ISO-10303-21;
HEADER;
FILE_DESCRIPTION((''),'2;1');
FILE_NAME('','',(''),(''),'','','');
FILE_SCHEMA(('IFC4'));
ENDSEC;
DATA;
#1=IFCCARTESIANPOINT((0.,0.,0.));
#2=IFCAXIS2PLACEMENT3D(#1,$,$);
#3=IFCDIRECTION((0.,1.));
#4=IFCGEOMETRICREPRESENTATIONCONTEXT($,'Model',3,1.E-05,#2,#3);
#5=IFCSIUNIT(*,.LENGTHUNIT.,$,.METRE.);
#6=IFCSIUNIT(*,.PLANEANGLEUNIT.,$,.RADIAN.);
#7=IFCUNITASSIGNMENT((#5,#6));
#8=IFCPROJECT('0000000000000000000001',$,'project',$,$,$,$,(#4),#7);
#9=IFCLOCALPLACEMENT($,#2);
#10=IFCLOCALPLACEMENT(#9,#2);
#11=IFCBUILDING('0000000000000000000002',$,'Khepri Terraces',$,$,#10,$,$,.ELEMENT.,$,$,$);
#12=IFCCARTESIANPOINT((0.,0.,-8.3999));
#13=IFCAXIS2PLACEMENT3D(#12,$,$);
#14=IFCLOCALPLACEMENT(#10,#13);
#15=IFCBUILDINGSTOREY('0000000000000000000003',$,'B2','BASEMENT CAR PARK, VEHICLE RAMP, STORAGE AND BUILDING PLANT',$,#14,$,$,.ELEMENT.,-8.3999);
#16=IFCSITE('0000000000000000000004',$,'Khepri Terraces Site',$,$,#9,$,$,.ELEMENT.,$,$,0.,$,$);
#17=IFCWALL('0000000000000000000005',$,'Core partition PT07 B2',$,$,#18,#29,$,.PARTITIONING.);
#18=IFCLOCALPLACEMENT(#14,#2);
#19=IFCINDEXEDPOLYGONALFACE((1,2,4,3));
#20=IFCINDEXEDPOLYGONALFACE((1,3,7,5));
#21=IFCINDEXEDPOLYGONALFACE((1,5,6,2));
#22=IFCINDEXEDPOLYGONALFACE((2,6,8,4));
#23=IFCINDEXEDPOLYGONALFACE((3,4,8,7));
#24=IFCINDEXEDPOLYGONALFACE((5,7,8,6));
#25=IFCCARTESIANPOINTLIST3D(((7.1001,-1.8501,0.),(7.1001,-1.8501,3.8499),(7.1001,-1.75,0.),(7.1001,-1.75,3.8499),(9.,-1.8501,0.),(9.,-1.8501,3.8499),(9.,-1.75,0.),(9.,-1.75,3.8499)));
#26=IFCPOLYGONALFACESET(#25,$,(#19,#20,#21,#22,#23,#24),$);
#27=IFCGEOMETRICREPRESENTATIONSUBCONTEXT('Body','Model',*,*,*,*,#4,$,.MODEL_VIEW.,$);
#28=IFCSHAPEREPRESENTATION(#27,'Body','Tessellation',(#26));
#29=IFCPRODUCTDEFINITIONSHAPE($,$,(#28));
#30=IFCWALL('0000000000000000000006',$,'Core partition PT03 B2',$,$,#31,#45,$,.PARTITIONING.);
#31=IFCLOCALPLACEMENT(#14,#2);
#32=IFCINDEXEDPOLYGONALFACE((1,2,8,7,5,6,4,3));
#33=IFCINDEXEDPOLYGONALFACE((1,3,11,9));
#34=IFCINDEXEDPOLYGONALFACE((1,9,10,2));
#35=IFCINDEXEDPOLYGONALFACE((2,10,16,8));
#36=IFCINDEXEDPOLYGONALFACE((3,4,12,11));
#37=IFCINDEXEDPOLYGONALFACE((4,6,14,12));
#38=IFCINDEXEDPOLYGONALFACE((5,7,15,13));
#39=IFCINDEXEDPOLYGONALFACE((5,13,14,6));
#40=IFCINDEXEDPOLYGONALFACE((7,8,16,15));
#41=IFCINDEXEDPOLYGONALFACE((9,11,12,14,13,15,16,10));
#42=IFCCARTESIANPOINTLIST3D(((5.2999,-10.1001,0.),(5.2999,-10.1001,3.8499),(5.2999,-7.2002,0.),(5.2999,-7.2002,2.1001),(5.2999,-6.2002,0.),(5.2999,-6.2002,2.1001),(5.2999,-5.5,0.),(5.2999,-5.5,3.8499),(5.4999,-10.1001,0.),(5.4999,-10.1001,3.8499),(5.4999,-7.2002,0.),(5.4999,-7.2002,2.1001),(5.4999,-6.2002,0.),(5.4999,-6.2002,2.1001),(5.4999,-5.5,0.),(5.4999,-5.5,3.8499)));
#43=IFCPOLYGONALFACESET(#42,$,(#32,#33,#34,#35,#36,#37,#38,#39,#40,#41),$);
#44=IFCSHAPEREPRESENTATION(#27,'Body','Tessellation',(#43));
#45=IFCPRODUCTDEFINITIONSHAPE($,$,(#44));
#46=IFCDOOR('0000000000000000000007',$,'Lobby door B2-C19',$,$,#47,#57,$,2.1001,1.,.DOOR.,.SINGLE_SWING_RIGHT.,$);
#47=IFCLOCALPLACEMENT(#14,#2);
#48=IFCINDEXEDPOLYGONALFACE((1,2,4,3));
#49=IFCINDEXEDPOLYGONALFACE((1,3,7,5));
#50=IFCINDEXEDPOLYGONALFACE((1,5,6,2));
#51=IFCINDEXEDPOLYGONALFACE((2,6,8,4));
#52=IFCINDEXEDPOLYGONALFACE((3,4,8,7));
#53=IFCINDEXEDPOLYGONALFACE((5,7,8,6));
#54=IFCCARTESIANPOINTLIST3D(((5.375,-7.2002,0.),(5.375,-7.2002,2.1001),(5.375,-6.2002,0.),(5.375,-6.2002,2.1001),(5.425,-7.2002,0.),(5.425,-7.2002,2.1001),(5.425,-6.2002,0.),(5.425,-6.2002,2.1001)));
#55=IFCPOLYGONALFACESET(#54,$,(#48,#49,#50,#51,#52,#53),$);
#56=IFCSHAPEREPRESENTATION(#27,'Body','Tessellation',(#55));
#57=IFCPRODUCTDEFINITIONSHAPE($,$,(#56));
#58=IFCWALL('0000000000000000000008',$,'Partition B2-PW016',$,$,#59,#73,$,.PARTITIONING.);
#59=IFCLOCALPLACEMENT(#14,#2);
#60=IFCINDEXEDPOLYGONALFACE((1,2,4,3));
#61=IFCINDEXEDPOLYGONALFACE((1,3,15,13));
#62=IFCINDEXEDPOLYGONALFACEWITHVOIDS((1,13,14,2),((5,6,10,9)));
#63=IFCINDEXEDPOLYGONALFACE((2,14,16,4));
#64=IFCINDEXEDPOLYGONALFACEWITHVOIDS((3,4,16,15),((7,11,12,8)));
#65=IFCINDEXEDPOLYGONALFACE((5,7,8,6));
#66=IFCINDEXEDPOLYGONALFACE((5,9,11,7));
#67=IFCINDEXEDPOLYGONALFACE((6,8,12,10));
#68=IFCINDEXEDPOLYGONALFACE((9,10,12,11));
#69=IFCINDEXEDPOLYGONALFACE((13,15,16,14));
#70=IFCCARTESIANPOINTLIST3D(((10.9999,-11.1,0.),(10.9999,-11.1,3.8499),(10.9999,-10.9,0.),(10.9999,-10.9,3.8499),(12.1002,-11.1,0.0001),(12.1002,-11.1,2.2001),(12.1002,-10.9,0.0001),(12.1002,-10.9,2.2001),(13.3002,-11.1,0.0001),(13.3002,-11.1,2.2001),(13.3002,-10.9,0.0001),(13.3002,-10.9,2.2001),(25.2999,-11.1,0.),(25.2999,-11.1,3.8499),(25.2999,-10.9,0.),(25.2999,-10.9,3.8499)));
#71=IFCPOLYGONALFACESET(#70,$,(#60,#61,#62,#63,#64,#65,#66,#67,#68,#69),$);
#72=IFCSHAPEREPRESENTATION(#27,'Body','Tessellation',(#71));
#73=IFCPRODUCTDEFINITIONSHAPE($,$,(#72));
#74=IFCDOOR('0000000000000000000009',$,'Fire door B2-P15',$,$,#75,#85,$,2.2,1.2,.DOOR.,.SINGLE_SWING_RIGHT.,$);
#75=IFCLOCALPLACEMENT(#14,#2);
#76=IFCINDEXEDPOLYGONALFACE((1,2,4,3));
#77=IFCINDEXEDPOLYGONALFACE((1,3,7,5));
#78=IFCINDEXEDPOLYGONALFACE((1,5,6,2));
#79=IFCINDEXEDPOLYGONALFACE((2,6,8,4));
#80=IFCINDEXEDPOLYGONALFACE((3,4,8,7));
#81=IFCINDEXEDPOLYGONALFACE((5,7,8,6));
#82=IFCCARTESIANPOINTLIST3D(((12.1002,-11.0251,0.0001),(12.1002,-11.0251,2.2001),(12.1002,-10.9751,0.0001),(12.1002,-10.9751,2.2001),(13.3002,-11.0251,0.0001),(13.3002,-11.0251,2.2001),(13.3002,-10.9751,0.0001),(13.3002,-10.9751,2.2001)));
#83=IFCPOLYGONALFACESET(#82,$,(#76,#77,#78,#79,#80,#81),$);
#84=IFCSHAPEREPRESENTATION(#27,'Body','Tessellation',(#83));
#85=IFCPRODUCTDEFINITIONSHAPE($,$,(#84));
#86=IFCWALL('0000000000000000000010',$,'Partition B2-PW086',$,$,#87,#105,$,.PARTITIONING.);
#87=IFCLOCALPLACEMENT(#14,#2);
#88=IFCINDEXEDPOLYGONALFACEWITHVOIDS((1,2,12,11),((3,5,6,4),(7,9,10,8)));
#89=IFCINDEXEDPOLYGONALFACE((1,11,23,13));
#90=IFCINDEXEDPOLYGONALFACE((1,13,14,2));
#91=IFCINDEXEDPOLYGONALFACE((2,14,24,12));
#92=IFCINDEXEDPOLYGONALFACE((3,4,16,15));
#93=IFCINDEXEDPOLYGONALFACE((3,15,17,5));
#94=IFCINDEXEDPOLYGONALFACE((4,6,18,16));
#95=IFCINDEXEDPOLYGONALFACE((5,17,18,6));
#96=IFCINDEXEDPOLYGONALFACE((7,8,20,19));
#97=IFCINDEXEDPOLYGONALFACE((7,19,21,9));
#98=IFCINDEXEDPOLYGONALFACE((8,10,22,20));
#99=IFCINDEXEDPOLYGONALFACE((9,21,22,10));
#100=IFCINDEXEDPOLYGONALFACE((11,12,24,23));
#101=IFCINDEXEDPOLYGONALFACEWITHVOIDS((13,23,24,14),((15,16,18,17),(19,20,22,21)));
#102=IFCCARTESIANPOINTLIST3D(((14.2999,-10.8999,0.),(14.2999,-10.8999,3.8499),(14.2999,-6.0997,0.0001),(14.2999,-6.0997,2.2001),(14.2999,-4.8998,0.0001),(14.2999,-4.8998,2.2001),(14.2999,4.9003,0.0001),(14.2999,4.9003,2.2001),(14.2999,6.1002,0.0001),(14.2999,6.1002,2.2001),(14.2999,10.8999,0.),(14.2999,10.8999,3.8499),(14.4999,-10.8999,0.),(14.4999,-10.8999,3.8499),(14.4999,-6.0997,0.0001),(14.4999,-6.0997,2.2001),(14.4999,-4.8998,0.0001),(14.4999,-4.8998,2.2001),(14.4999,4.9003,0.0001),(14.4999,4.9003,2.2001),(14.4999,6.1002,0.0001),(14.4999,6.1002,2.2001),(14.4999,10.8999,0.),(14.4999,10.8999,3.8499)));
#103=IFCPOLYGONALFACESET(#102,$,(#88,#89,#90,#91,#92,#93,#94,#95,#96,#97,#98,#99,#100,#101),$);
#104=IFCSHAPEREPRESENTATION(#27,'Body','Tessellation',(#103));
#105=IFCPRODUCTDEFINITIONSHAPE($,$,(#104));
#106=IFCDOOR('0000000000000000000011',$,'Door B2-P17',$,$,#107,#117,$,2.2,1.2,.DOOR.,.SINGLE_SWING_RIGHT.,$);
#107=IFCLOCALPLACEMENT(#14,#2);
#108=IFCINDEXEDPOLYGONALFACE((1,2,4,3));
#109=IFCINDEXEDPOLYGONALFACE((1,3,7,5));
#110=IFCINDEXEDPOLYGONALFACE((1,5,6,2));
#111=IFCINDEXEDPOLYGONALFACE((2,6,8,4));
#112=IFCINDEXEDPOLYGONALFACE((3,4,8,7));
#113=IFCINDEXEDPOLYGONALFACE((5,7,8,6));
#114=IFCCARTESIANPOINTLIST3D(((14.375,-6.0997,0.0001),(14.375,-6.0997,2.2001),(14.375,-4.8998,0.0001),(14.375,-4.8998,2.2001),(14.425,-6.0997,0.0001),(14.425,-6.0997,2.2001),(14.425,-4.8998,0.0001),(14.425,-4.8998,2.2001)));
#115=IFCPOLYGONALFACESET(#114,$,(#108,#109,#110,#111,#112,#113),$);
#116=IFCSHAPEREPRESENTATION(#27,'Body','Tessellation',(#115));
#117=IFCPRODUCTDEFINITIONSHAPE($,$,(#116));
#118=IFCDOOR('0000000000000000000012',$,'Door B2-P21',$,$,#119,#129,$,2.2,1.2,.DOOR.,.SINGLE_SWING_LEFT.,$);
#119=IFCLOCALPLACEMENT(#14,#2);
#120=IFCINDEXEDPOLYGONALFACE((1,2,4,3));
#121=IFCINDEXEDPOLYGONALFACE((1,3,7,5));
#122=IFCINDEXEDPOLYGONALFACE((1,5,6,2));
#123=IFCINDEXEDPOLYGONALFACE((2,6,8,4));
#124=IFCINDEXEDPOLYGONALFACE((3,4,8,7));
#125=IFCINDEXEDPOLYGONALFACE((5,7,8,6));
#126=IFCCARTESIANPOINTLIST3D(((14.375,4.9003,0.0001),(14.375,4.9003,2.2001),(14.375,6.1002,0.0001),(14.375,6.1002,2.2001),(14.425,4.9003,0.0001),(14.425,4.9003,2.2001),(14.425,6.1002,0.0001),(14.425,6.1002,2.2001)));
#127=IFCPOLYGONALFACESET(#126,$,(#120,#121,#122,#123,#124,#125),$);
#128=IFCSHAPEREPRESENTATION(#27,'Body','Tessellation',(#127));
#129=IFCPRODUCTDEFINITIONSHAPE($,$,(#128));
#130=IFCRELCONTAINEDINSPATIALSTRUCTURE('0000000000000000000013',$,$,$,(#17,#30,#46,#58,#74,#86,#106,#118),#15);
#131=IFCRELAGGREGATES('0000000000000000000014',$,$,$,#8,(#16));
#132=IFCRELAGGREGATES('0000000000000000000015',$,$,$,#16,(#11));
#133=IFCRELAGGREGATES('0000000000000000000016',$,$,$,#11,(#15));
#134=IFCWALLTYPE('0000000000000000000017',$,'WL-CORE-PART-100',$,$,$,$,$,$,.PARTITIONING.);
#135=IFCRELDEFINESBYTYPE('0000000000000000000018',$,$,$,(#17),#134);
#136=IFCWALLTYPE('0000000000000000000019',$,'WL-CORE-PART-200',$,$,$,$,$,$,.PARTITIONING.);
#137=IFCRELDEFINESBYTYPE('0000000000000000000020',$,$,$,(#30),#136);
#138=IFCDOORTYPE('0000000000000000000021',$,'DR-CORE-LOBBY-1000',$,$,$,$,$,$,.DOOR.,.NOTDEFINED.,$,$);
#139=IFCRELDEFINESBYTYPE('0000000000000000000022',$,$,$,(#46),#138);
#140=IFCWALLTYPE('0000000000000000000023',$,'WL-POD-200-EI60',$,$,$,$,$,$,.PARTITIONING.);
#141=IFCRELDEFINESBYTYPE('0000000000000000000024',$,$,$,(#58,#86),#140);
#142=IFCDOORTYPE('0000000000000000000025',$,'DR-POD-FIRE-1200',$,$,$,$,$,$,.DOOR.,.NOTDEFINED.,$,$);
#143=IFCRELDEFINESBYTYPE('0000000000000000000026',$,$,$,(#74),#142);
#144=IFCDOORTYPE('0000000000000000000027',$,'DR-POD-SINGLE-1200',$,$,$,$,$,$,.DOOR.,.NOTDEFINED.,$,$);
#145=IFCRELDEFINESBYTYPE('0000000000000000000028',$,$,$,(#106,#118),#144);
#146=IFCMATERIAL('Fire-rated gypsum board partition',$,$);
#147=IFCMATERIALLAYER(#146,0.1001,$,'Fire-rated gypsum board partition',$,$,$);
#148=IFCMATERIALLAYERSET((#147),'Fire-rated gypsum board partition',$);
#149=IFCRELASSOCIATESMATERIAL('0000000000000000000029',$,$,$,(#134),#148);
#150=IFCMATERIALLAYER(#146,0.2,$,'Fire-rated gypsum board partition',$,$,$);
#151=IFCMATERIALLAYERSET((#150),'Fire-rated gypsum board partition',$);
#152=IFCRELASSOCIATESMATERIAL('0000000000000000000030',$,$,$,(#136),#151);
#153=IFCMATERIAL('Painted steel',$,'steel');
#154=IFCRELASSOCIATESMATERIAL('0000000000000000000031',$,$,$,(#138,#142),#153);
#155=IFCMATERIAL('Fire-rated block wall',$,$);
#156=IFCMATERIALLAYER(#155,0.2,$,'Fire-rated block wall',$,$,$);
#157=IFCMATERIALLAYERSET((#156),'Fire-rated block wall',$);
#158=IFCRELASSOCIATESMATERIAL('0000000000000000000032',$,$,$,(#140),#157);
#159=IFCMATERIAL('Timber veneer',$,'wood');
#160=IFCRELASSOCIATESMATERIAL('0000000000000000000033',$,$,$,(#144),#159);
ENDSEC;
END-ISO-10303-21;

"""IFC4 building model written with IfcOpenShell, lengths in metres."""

from ifc_helpers import new_model, si_unit, direction, frame, frame_2d, origin, place, context, subcontext, project, spatial, rectangle, extrude, material, layer, layer_set, type_object, element, fill, save


model = new_model("IFC4")

# Units and contexts
model_context = context("Model", 3, precision=1e-05, world=origin(), true_north=direction((0.0, 1.0)))
body_context = subcontext(model_context, "Body", "Model", "MODEL_VIEW")
ifc_project = project(units=[si_unit("LENGTHUNIT", "METRE"), si_unit("PLANEANGLEUNIT", "RADIAN")], contexts=[model_context])

# Site, building, storey
site_placement = place(None, origin())
site = spatial("IfcSite", under=ifc_project, at=site_placement, Name="Khepri Terraces Site", CompositionType="ELEMENT", RefElevation=0.0)
building_placement = place(site_placement, origin())
building = spatial("IfcBuilding", under=site, at=building_placement, Name="Khepri Terraces", CompositionType="ELEMENT")
storey_placement = place(building_placement, frame((0.0, 0.0, -8.3999)))
storey = spatial("IfcBuildingStorey", under=building, at=storey_placement, Name="B2", Description="BASEMENT CAR PARK, VEHICLE RAMP, STORAGE AND BUILDING PLANT", CompositionType="ELEMENT", Elevation=-8.3999)

# Shared definitions
ifc_material_1 = material(Name="Fire-rated gypsum board partition")
ifc_layer_1 = layer(ifc_material_1, 0.1001, Name="Fire-rated gypsum board partition")
ifc_layer_set_1 = layer_set([ifc_layer_1], Name="Fire-rated gypsum board partition")
wall_type_1 = type_object("IfcWallType", Name="WL-CORE-PART-100", PredefinedType="PARTITIONING", material=ifc_layer_set_1)
ifc_material_2 = material(Name="Painted steel", Category="steel")
ifc_material_3 = material(Name="Timber veneer", Category="wood")

# Wall
for number, where, z_axis, x_axis, name in (
    (1, (7.1001, -1.8, 0.0), (0.0, 0.0, 1.0), (1.0, 0.0, 0.0), "Core partition PT07 B2"),
):
    element("IfcWall", number, at=place(storey_placement, frame(where, z_axis=z_axis, x_axis=x_axis)), inside=storey, type_object=wall_type_1, Name=name, PredefinedType="PARTITIONING", context=body_context, shape_type="SweptSolid", body=[
        extrude(rectangle(XDim=1.8999, YDim=0.1001, at=frame_2d((0.95, 0.0))), origin(), (0.0, 0.0, 1.0), 3.8499),
    ])

# Walls, openings, doors
ifc_layer_2 = layer(ifc_material_1, 0.2, Name="Fire-rated gypsum board partition")
ifc_layer_set_2 = layer_set([ifc_layer_2], Name="Fire-rated gypsum board partition")
wall_type_2 = type_object("IfcWallType", Name="WL-CORE-PART-200", PredefinedType="PARTITIONING", material=ifc_layer_set_2)
wall_1_placement = place(storey_placement, frame((5.3999, -10.1001, 0.0), z_axis=(0.0, 0.0, 1.0), x_axis=(0.0, 1.0, 0.0)))
wall_1 = element("IfcWall", 2, at=wall_1_placement, inside=storey, type_object=wall_type_2, Name="Core partition PT03 B2", PredefinedType="PARTITIONING", context=body_context, shape_type="SweptSolid", body=[
    extrude(rectangle(XDim=4.6001, YDim=0.2, at=frame_2d((2.3, 0.0))), origin(), (0.0, 0.0, 1.0), 3.8499),
])
opening_1_placement = place(wall_1_placement, frame((2.8999, 0.0, 0.0)))
opening_1 = element("IfcOpeningElement", 3, at=opening_1_placement, cuts=wall_1, PredefinedType="OPENING", context=body_context, shape_type="SweptSolid", body=[
    extrude(rectangle(XDim=1.0, YDim=2.1001, at=frame_2d((0.5, 1.05))), frame((0.0, 0.1099, 0.0), z_axis=(0.0, -1.0, 0.0), x_axis=(1.0, 0.0, 0.0)), (0.0, 0.0, 1.0), 0.22),
])
door_type_1 = type_object("IfcDoorType", Name="DR-CORE-LOBBY-1000", OperationType="NOTDEFINED", PredefinedType="DOOR", material=ifc_material_2)
door_1_placement = place(opening_1_placement, origin())
door_1 = element("IfcDoor", 4, at=door_1_placement, inside=storey, type_object=door_type_1, Name="Lobby door B2-C19", OperationType="SINGLE_SWING_RIGHT", OverallHeight=2.1001, OverallWidth=1.0, PredefinedType="DOOR", context=body_context, shape_type="SweptSolid", body=[
    extrude(rectangle(XDim=1.0, YDim=2.1001, at=frame_2d((0.5, 1.05))), frame((0.0, 0.0249, 0.0), z_axis=(0.0, -1.0, 0.0), x_axis=(1.0, 0.0, 0.0)), (0.0, 0.0, 1.0), 0.05),
])
fill(opening_1, door_1)
ifc_material_4 = material(Name="Fire-rated block wall")
ifc_layer_3 = layer(ifc_material_4, 0.2, Name="Fire-rated block wall")
ifc_layer_set_3 = layer_set([ifc_layer_3], Name="Fire-rated block wall")
wall_type_3 = type_object("IfcWallType", Name="WL-POD-200-EI60", PredefinedType="PARTITIONING", material=ifc_layer_set_3)
wall_2_placement = place(storey_placement, frame((11.0, -11.0, 0.0), z_axis=(0.0, 0.0, 1.0), x_axis=(1.0, 0.0, 0.0)))
wall_2 = element("IfcWall", 5, at=wall_2_placement, inside=storey, type_object=wall_type_3, Name="Partition B2-PW016", PredefinedType="PARTITIONING", context=body_context, shape_type="SweptSolid", body=[
    extrude(rectangle(XDim=14.3, YDim=0.2, at=frame_2d((7.1499, 0.0))), origin(), (0.0, 0.0, 1.0), 3.8499),
])
opening_2_placement = place(wall_2_placement, frame((1.1001, 0.0, 0.0)))
opening_2 = element("IfcOpeningElement", 6, at=opening_2_placement, cuts=wall_2, PredefinedType="OPENING", context=body_context, shape_type="SweptSolid", body=[
    extrude(rectangle(XDim=1.2, YDim=2.2, at=frame_2d((0.6001, 1.1001))), frame((0.0, 0.1099, 0.0), z_axis=(0.0, -1.0, 0.0), x_axis=(1.0, 0.0, 0.0)), (0.0, 0.0, 1.0), 0.22),
])
door_type_2 = type_object("IfcDoorType", Name="DR-POD-FIRE-1200", OperationType="NOTDEFINED", PredefinedType="DOOR", material=ifc_material_2)
door_2_placement = place(opening_2_placement, origin())
door_2 = element("IfcDoor", 7, at=door_2_placement, inside=storey, type_object=door_type_2, Name="Fire door B2-P15", OperationType="SINGLE_SWING_RIGHT", OverallHeight=2.2, OverallWidth=1.2, PredefinedType="DOOR", context=body_context, shape_type="SweptSolid", body=[
    extrude(rectangle(XDim=1.2, YDim=2.2, at=frame_2d((0.6001, 1.1001))), frame((0.0, 0.0249, 0.0), z_axis=(0.0, -1.0, 0.0), x_axis=(1.0, 0.0, 0.0)), (0.0, 0.0, 1.0), 0.05),
])
fill(opening_2, door_2)

# Wall, openings, doors
wall_3_placement = place(storey_placement, frame((14.3999, -10.8999, 0.0), z_axis=(0.0, 0.0, 1.0), x_axis=(0.0, 1.0, 0.0)))
wall_3 = element("IfcWall", 8, at=wall_3_placement, inside=storey, type_object=wall_type_3, Name="Partition B2-PW086", PredefinedType="PARTITIONING", context=body_context, shape_type="SweptSolid", body=[
    extrude(rectangle(XDim=21.7998, YDim=0.2, at=frame_2d((10.8999, 0.0))), origin(), (0.0, 0.0, 1.0), 3.8499),
])
opening_3_placement = place(wall_3_placement, frame((4.8, 0.0, 0.0)))
opening_3 = element("IfcOpeningElement", 9, at=opening_3_placement, cuts=wall_3, PredefinedType="OPENING", context=body_context, shape_type="SweptSolid", body=[
    extrude(rectangle(XDim=1.2, YDim=2.2, at=frame_2d((0.6001, 1.1001))), frame((0.0, 0.1099, 0.0), z_axis=(0.0, -1.0, 0.0), x_axis=(1.0, 0.0, 0.0)), (0.0, 0.0, 1.0), 0.22),
])
opening_4_placement = place(wall_3_placement, frame((15.8, 0.0, 0.0)))
opening_4 = element("IfcOpeningElement", 10, at=opening_4_placement, cuts=wall_3, PredefinedType="OPENING", context=body_context, shape_type="SweptSolid", body=[
    extrude(rectangle(XDim=1.2, YDim=2.2, at=frame_2d((0.6001, 1.1001))), frame((0.0, 0.1099, 0.0), z_axis=(0.0, -1.0, 0.0), x_axis=(1.0, 0.0, 0.0)), (0.0, 0.0, 1.0), 0.22),
])
door_type_3 = type_object("IfcDoorType", Name="DR-POD-SINGLE-1200", OperationType="NOTDEFINED", PredefinedType="DOOR", material=ifc_material_3)
door_3_placement = place(opening_3_placement, origin())
door_3 = element("IfcDoor", 11, at=door_3_placement, inside=storey, type_object=door_type_3, Name="Door B2-P17", OperationType="SINGLE_SWING_RIGHT", OverallHeight=2.2, OverallWidth=1.2, PredefinedType="DOOR", context=body_context, shape_type="SweptSolid", body=[
    extrude(rectangle(XDim=1.2, YDim=2.2, at=frame_2d((0.6001, 1.1001))), frame((0.0, 0.0249, 0.0), z_axis=(0.0, -1.0, 0.0), x_axis=(1.0, 0.0, 0.0)), (0.0, 0.0, 1.0), 0.05),
])
fill(opening_3, door_3)
door_4_placement = place(opening_4_placement, origin())
door_4 = element("IfcDoor", 12, at=door_4_placement, inside=storey, type_object=door_type_3, Name="Door B2-P21", OperationType="SINGLE_SWING_LEFT", OverallHeight=2.2, OverallWidth=1.2, PredefinedType="DOOR", context=body_context, shape_type="SweptSolid", body=[
    extrude(rectangle(XDim=1.2, YDim=2.2, at=frame_2d((0.6001, 1.1001))), frame((0.0, 0.0249, 0.0), z_axis=(0.0, -1.0, 0.0), x_axis=(1.0, 0.0, 0.0)), (0.0, 0.0, 1.0), 0.05),
])
fill(opening_4, door_4)

save(model, "model.ifc")
